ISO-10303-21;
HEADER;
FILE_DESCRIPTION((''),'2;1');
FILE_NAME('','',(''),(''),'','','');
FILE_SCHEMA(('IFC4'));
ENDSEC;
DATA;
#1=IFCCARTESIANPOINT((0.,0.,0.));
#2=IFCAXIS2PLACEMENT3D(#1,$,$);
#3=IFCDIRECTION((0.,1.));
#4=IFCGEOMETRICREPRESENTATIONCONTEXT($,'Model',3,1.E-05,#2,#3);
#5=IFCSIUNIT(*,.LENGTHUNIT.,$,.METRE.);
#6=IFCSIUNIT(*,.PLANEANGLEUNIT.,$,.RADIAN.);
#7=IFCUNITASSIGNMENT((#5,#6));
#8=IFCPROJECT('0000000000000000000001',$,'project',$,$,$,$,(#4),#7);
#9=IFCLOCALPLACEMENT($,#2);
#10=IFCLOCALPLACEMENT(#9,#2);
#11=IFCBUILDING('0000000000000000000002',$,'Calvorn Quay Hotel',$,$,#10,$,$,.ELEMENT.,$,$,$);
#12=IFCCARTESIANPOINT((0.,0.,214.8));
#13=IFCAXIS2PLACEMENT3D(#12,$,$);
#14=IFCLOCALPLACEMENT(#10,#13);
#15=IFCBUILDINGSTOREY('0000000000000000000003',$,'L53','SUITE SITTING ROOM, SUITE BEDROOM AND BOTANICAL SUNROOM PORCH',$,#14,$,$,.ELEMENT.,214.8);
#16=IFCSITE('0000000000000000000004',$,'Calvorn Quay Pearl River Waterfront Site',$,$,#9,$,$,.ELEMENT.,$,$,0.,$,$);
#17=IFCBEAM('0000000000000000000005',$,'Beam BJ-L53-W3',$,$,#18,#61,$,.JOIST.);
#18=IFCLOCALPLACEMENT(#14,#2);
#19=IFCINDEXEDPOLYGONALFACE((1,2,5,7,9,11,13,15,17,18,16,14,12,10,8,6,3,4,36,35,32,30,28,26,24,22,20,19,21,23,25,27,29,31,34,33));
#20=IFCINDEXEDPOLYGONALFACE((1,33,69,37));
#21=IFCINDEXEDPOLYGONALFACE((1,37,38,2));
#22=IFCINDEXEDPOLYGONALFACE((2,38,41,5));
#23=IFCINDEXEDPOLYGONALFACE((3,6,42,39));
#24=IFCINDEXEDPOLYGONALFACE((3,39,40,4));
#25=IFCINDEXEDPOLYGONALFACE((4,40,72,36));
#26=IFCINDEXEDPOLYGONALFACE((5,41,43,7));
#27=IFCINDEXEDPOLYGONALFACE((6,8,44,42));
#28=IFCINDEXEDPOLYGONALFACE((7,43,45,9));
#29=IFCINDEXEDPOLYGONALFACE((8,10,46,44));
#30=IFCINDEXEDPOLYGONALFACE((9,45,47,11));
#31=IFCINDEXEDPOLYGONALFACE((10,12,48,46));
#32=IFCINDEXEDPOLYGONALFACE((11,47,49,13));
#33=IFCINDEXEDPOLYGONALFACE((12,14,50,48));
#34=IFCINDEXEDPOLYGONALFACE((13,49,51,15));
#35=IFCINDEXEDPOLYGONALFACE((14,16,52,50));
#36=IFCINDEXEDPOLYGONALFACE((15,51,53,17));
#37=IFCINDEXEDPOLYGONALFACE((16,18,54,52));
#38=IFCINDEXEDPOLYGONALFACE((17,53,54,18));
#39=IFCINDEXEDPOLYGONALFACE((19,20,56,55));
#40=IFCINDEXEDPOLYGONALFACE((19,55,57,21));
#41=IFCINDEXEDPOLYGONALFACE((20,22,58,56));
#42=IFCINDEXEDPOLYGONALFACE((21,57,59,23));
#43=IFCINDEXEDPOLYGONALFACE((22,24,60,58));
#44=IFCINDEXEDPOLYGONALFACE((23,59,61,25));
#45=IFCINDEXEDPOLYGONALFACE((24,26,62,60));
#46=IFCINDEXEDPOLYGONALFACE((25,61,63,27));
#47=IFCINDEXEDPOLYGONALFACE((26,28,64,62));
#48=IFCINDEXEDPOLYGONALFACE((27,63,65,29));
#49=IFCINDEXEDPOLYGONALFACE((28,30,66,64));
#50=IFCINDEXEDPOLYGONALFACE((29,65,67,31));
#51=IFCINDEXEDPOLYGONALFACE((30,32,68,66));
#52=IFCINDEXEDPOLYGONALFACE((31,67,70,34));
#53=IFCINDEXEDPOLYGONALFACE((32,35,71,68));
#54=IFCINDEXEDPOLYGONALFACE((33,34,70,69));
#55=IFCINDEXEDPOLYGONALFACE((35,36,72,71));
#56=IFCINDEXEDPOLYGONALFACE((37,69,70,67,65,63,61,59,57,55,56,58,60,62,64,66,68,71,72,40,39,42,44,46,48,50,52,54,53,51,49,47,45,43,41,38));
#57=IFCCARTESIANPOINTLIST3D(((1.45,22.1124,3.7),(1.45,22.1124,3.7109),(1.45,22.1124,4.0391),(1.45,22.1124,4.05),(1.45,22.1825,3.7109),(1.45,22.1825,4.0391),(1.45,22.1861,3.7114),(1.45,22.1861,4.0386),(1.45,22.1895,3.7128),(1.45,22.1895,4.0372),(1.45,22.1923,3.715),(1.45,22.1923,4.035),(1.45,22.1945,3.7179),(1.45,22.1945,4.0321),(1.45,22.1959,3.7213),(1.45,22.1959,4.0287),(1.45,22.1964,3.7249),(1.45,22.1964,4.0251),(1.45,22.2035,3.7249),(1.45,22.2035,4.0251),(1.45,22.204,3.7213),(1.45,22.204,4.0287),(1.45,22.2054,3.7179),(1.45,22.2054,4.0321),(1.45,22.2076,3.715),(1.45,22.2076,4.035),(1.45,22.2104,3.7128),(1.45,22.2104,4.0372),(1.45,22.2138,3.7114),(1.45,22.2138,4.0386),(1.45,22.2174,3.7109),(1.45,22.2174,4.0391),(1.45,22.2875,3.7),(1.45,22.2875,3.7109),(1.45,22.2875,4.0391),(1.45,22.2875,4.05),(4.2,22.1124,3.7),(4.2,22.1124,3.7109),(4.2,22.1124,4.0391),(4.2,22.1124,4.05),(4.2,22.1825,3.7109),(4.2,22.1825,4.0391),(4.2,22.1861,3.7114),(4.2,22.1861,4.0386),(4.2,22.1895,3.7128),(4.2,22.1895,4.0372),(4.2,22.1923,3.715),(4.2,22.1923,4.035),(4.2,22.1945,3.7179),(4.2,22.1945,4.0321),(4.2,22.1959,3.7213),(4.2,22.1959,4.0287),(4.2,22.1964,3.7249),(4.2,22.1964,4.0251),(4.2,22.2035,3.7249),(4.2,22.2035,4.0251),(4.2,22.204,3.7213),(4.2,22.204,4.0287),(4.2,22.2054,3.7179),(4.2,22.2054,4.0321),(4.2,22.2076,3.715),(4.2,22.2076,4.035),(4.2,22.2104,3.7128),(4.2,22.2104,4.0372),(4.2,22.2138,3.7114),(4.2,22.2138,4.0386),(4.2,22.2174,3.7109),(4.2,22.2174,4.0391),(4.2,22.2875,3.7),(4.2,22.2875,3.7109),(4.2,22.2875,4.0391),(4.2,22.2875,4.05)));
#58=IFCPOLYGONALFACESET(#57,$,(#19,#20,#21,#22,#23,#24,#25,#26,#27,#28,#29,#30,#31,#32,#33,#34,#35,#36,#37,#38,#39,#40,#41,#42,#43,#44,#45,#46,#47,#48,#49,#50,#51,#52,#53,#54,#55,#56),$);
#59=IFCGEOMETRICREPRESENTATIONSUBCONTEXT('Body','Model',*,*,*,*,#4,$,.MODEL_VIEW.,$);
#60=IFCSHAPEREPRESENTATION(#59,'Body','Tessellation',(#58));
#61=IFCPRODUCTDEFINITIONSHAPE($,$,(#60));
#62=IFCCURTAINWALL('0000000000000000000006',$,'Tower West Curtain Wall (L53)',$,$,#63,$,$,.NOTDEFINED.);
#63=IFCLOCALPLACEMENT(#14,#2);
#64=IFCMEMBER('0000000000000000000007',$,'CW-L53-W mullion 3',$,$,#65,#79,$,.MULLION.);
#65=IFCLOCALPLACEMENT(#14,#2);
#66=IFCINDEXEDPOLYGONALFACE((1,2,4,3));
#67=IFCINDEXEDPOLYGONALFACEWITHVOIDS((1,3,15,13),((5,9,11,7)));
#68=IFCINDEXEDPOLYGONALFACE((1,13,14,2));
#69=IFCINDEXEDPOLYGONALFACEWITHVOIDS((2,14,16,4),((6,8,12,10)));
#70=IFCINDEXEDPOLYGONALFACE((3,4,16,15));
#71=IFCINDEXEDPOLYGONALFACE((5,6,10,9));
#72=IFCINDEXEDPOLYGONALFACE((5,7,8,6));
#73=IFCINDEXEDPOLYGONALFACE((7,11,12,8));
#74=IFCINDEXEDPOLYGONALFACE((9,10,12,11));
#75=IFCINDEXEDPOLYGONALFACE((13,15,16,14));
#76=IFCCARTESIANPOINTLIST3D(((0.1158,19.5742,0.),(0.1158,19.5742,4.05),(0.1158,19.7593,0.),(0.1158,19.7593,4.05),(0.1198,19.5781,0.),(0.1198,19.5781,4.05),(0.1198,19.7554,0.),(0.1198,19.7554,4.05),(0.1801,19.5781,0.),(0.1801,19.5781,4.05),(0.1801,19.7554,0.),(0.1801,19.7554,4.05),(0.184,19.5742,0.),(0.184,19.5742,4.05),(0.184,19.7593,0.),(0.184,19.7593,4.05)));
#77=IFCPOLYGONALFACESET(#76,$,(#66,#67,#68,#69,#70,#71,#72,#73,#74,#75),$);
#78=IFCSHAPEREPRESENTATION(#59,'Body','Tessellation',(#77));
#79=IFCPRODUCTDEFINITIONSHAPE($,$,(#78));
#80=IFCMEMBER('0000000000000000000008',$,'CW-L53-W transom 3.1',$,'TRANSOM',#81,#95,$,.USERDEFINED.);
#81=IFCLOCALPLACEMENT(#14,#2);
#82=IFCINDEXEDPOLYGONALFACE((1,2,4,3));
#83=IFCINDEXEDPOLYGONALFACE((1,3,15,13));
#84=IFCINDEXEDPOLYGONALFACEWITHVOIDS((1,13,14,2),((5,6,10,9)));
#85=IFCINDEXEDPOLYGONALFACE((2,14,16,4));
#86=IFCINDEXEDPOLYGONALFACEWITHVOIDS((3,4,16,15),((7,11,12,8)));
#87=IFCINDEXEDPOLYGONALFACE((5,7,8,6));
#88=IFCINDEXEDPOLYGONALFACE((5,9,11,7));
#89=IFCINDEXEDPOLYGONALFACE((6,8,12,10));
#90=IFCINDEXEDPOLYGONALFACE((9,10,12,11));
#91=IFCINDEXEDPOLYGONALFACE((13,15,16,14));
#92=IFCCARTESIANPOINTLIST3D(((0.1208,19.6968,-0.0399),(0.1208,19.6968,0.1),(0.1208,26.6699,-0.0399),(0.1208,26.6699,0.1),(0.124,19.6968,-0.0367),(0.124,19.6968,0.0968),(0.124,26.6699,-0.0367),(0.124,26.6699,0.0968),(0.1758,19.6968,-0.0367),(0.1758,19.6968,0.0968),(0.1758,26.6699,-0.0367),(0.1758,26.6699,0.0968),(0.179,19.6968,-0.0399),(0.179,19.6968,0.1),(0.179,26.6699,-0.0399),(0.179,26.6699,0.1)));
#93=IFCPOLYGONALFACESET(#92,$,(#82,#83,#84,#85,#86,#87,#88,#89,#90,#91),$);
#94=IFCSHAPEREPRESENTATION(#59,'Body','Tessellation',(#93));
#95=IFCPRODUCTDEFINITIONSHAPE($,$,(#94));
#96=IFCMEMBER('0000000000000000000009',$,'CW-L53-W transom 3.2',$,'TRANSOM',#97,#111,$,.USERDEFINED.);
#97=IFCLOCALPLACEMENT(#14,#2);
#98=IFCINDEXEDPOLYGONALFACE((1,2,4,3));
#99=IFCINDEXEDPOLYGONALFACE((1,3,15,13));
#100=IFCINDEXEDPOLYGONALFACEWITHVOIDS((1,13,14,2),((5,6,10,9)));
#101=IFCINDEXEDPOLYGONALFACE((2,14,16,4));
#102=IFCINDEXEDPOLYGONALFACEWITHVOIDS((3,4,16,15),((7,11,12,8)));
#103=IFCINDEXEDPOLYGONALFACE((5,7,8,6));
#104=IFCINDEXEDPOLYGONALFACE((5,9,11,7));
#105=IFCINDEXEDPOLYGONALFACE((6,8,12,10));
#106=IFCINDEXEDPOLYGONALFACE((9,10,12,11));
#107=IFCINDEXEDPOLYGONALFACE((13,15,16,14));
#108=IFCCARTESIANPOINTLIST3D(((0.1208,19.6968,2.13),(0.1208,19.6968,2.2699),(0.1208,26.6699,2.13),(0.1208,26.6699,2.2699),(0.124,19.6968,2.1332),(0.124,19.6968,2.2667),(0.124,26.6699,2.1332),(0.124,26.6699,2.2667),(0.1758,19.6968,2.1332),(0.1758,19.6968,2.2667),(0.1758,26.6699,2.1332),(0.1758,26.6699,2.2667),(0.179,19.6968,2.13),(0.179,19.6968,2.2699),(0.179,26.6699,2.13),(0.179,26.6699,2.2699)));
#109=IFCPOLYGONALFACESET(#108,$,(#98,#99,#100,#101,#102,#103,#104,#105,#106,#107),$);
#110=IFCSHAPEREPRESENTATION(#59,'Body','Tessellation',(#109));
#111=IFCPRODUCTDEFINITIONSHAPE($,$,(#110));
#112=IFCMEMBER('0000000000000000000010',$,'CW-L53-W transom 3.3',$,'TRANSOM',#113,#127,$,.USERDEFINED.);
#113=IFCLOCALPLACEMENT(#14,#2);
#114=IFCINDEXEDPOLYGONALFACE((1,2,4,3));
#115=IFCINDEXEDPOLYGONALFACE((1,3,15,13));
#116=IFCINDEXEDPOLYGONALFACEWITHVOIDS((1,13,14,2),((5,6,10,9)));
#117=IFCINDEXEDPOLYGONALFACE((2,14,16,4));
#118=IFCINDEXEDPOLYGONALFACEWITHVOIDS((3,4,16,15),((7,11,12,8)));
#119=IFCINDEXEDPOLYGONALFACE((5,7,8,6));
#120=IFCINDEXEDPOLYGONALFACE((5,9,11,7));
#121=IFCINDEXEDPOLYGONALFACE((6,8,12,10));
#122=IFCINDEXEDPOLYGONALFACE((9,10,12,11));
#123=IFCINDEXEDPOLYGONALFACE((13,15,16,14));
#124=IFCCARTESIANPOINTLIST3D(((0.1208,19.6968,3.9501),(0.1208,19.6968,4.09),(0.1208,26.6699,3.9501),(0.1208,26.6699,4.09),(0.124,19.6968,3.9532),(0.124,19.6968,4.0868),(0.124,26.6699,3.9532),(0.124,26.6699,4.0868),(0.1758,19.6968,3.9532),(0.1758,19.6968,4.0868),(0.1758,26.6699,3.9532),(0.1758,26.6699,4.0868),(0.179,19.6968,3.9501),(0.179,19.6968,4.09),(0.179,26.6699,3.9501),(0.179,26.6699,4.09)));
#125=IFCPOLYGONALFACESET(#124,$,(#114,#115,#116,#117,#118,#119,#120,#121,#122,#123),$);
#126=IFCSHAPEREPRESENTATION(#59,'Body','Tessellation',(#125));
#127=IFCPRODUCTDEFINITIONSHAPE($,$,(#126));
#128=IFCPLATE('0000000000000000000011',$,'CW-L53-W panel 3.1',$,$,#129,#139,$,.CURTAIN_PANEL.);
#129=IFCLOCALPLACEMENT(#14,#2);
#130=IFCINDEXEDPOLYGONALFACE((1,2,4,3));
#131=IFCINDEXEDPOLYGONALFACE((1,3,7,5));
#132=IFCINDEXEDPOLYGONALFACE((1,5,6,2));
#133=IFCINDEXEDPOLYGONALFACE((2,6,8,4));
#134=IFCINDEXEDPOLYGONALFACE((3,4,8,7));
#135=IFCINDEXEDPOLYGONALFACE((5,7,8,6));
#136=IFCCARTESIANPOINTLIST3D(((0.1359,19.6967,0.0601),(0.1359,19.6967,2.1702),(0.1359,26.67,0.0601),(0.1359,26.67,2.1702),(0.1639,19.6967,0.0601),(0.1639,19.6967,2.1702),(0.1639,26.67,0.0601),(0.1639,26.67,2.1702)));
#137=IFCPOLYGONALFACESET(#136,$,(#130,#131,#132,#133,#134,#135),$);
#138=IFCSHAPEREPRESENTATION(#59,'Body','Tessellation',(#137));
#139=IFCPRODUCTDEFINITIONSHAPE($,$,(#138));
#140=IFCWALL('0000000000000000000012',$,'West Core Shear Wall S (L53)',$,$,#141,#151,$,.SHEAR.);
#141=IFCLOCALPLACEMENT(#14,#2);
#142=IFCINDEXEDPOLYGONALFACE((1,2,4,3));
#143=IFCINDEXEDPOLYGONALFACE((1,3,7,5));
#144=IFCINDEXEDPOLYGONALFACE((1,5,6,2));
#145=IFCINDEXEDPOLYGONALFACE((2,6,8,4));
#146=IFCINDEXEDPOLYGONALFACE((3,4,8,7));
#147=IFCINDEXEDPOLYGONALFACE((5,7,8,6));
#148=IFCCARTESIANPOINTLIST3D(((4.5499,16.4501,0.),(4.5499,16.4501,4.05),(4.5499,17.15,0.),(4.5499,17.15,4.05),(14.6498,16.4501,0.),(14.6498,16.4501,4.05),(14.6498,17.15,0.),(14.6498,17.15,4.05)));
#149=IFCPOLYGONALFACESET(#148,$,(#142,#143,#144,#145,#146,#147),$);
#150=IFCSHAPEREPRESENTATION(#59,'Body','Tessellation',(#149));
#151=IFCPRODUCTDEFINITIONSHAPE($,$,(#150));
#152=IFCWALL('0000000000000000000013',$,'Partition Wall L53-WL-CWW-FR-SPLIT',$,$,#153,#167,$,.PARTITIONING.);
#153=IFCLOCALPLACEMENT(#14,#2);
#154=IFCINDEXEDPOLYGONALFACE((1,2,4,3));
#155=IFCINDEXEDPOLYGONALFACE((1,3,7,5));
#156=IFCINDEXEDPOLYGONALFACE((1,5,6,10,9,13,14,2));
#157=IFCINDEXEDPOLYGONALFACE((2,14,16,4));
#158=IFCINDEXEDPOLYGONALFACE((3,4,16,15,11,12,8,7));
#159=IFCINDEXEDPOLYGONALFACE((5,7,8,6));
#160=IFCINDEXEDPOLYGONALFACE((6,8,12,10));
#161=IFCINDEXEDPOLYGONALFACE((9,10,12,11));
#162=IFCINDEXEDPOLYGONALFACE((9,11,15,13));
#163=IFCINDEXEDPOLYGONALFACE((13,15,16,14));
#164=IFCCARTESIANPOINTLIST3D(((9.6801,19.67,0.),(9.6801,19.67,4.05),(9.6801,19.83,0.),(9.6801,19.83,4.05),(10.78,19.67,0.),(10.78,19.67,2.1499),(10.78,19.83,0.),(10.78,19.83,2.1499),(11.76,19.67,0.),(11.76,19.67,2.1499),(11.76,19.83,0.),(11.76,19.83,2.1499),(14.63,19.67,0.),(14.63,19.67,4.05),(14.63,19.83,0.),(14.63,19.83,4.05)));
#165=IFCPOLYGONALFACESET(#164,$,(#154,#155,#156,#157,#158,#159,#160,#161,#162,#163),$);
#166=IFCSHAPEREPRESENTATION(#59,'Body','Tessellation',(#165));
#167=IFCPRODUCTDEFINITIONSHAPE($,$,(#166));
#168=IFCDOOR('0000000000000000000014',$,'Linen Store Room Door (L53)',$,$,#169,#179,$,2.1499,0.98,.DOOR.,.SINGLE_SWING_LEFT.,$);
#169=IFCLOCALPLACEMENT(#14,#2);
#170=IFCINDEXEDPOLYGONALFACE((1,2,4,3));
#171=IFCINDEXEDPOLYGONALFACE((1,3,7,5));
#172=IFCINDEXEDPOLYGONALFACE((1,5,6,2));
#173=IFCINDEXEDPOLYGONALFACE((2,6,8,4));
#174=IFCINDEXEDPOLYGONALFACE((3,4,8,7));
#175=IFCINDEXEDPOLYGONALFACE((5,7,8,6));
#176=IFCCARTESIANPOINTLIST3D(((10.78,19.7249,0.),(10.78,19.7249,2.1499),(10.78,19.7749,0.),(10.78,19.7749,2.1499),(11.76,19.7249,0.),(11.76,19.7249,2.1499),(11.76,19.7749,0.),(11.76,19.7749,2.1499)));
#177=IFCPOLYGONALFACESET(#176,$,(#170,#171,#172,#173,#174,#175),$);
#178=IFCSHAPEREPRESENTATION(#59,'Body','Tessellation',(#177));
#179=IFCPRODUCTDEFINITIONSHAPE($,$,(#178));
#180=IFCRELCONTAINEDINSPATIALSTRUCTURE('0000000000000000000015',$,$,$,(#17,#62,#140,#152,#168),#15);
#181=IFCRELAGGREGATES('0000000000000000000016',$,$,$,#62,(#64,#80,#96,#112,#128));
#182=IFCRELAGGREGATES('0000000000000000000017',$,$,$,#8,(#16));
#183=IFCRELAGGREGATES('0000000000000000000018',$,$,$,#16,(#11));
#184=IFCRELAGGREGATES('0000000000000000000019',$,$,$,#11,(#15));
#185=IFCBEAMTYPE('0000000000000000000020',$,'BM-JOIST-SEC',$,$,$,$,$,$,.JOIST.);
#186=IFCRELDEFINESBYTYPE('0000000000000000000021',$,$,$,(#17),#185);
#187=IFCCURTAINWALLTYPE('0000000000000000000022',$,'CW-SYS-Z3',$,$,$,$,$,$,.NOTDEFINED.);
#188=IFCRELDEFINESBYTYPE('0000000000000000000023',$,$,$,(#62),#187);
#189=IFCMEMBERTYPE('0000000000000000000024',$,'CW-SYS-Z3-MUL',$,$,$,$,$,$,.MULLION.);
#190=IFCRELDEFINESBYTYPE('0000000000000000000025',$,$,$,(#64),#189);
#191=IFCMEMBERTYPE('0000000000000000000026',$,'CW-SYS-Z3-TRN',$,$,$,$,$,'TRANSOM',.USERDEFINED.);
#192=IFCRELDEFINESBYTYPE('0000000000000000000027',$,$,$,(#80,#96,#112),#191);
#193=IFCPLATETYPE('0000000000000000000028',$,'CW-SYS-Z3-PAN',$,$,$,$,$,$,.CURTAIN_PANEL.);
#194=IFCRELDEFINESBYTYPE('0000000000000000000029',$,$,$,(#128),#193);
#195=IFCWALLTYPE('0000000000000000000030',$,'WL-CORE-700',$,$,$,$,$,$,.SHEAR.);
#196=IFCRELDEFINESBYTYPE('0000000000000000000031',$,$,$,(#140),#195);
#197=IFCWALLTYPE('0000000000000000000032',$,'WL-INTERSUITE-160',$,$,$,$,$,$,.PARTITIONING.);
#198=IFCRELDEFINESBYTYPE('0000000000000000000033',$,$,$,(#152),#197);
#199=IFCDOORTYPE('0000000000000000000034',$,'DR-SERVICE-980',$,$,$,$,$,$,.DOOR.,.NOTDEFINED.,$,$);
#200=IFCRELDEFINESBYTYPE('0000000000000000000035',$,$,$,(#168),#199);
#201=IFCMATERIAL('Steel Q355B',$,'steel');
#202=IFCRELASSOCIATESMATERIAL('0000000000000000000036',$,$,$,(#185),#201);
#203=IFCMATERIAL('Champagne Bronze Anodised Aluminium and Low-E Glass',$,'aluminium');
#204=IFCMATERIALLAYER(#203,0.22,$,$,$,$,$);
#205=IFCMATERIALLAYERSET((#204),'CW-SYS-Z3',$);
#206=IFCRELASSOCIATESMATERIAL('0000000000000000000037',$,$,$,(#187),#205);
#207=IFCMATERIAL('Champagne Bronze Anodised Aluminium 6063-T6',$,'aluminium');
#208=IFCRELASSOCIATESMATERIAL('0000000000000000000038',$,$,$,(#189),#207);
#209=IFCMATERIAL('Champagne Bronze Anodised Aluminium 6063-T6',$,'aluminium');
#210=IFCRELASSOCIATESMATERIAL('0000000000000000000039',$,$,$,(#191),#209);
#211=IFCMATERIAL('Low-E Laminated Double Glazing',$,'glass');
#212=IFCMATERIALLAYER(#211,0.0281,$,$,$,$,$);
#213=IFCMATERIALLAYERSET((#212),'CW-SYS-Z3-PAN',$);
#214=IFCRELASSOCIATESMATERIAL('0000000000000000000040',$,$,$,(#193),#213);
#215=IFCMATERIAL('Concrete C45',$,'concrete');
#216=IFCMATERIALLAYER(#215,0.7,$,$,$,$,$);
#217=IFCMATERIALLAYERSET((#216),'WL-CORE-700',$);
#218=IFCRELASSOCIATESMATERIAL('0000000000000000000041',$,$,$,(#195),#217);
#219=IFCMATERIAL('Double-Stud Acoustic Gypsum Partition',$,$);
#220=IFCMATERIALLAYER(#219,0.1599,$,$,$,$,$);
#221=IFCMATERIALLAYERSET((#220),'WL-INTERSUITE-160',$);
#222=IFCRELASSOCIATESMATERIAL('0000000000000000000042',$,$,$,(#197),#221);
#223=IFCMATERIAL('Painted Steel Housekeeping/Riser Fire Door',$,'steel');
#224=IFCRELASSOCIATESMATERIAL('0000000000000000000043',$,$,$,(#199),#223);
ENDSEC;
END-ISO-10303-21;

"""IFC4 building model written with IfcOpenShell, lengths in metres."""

from ifc_helpers import new_model, si_unit, direction, frame, frame_2d, origin, origin_2d, place, context, subcontext, project, spatial, rectangle, hollow_rectangle, i_section, extrude, material, layer, layer_set, material_profile, profile_set, type_object, element, fill, aggregate, save


model = new_model("IFC4")

# Units and contexts
model_context = context("Model", 3, precision=1e-05, world=origin(), true_north=direction((0.0, 1.0)))
body_context = subcontext(model_context, "Body", "Model", "MODEL_VIEW")
ifc_project = project(units=[si_unit("LENGTHUNIT", "METRE"), si_unit("PLANEANGLEUNIT", "RADIAN")], contexts=[model_context])

# Site, building, storey
site_placement = place(None, origin())
site = spatial("IfcSite", under=ifc_project, at=site_placement, Name="Calvorn Quay Pearl River Waterfront Site", CompositionType="ELEMENT", RefElevation=0.0)
building_placement = place(site_placement, origin())
building = spatial("IfcBuilding", under=site, at=building_placement, Name="Calvorn Quay Hotel", CompositionType="ELEMENT")
storey_placement = place(building_placement, frame((0.0, 0.0, 214.8)))
storey = spatial("IfcBuildingStorey", under=building, at=storey_placement, Name="L53", Description="SUITE SITTING ROOM, SUITE BEDROOM AND BOTANICAL SUNROOM PORCH", CompositionType="ELEMENT", Elevation=214.8)

# Beam
ifc_material_1 = material(Name="Steel Q355B", Category="steel")
ifc_material_profile_1 = material_profile(ifc_material_1, i_section(OverallWidth=0.175, OverallDepth=0.3501, WebThickness=0.0071, FlangeThickness=0.011, FilletRadius=0.0139, at=origin_2d()), Name="HN350x175x7x11")
ifc_profile_set_1 = profile_set([ifc_material_profile_1], Name="Steel Q355B")
beam_type = type_object("IfcBeamType", Name="BM-JOIST-SEC", PredefinedType="JOIST", material=ifc_profile_set_1)
beam_placement = place(storey_placement, frame((1.45, 22.2, 3.875), z_axis=(1.0, 0.0, 0.0), x_axis=(0.0, 1.0, 0.0)))
element("IfcBeam", 1, at=beam_placement, inside=storey, type_object=beam_type, Name="Beam BJ-L53-W3", PredefinedType="JOIST", context=body_context, shape_type="SweptSolid", body=[
    extrude(i_section(OverallWidth=0.175, OverallDepth=0.3501, WebThickness=0.0071, FlangeThickness=0.011, FilletRadius=0.0139, at=origin_2d()), origin(), (0.0, 0.0, 1.0), 2.75),
])

# Curtain wall, members, plate
ifc_material_2 = material(Name="Champagne Bronze Anodised Aluminium and Low-E Glass", Category="aluminium")
ifc_layer_1 = layer(ifc_material_2, 0.22)
ifc_layer_set_1 = layer_set([ifc_layer_1], Name="CW-SYS-Z3")
curtain_wall_type = type_object("IfcCurtainWallType", Name="CW-SYS-Z3", PredefinedType="NOTDEFINED", material=ifc_layer_set_1)
curtain_wall_placement = place(storey_placement, origin())
curtain_wall = element("IfcCurtainWall", 2, at=curtain_wall_placement, inside=storey, type_object=curtain_wall_type, Name="Tower West Curtain Wall (L53)", PredefinedType="NOTDEFINED")
ifc_material_3 = material(Name="Champagne Bronze Anodised Aluminium 6063-T6", Category="aluminium")
ifc_material_profile_2 = material_profile(ifc_material_3, hollow_rectangle(XDim=0.0681, YDim=0.1851, WallThickness=0.0039, at=origin_2d()), Name="ALU-M185x68x4")
ifc_profile_set_2 = profile_set([ifc_material_profile_2], Name="Champagne Bronze Anodised Aluminium 6063-T6")
member_type_1 = type_object("IfcMemberType", Name="CW-SYS-Z3-MUL", PredefinedType="MULLION", material=ifc_profile_set_2)
member_1_placement = place(storey_placement, frame((0.1499, 19.6667, 0.0), z_axis=(0.0, 0.0, 1.0), x_axis=(-1.0, 0.0, 0.0)))
member_1 = element("IfcMember", 3, at=member_1_placement, type_object=member_type_1, Name="CW-L53-W mullion 3", PredefinedType="MULLION", context=body_context, shape_type="SweptSolid", body=[
    extrude(hollow_rectangle(XDim=0.0681, YDim=0.1851, WallThickness=0.0039, at=origin_2d()), origin(), (0.0, 0.0, 1.0), 4.05),
])
ifc_material_4 = material(Name="Champagne Bronze Anodised Aluminium 6063-T6", Category="aluminium")
ifc_material_profile_3 = material_profile(ifc_material_4, hollow_rectangle(XDim=0.0581, YDim=0.1399, WallThickness=0.0032, at=origin_2d()), Name="ALU-T140x58x3.2")
ifc_profile_set_3 = profile_set([ifc_material_profile_3], Name="Champagne Bronze Anodised Aluminium 6063-T6")
member_type_2 = type_object("IfcMemberType", Name="CW-SYS-Z3-TRN", ElementType="TRANSOM", PredefinedType="USERDEFINED", material=ifc_profile_set_3)
member_2_placement = place(storey_placement, frame((0.1499, 19.6968, 0.03), z_axis=(0.0, 1.0, 0.0), x_axis=(-1.0, 0.0, 0.0)))
member_2 = element("IfcMember", 4, at=member_2_placement, type_object=member_type_2, Name="CW-L53-W transom 3.1", ObjectType="TRANSOM", PredefinedType="USERDEFINED", context=body_context, shape_type="SweptSolid", body=[
    extrude(hollow_rectangle(XDim=0.0581, YDim=0.1399, WallThickness=0.0032, at=origin_2d()), origin(), (0.0, 0.0, 1.0), 6.9731),
])
member_3_placement = place(storey_placement, frame((0.1499, 19.6968, 2.2), z_axis=(0.0, 1.0, 0.0), x_axis=(-1.0, 0.0, 0.0)))
member_3 = element("IfcMember", 5, at=member_3_placement, type_object=member_type_2, Name="CW-L53-W transom 3.2", ObjectType="TRANSOM", PredefinedType="USERDEFINED", context=body_context, shape_type="SweptSolid", body=[
    extrude(hollow_rectangle(XDim=0.0581, YDim=0.1399, WallThickness=0.0032, at=origin_2d()), origin(), (0.0, 0.0, 1.0), 6.9731),
])
member_4_placement = place(storey_placement, frame((0.1499, 19.6968, 4.02), z_axis=(0.0, 1.0, 0.0), x_axis=(-1.0, 0.0, 0.0)))
member_4 = element("IfcMember", 6, at=member_4_placement, type_object=member_type_2, Name="CW-L53-W transom 3.3", ObjectType="TRANSOM", PredefinedType="USERDEFINED", context=body_context, shape_type="SweptSolid", body=[
    extrude(hollow_rectangle(XDim=0.0581, YDim=0.1399, WallThickness=0.0032, at=origin_2d()), origin(), (0.0, 0.0, 1.0), 6.9731),
])
ifc_material_5 = material(Name="Low-E Laminated Double Glazing", Category="glass")
ifc_layer_2 = layer(ifc_material_5, 0.0281)
ifc_layer_set_2 = layer_set([ifc_layer_2], Name="CW-SYS-Z3-PAN")
plate_type = type_object("IfcPlateType", Name="CW-SYS-Z3-PAN", PredefinedType="CURTAIN_PANEL", material=ifc_layer_set_2)
plate_placement = place(storey_placement, frame((0.1499, 23.1833, 0.0601), z_axis=(0.0, 0.0, 1.0), x_axis=(0.0, 1.0, 0.0)))
plate = element("IfcPlate", 7, at=plate_placement, type_object=plate_type, Name="CW-L53-W panel 3.1", PredefinedType="CURTAIN_PANEL", context=body_context, shape_type="SweptSolid", body=[
    extrude(rectangle(XDim=6.9734, YDim=0.0281, at=origin_2d()), origin(), (0.0, 0.0, 1.0), 2.1101),
])
aggregate(curtain_wall, [member_1, member_2, member_3, member_4, plate])

# Wall
ifc_material_6 = material(Name="Concrete C45", Category="concrete")
ifc_layer_3 = layer(ifc_material_6, 0.7)
ifc_layer_set_3 = layer_set([ifc_layer_3], Name="WL-CORE-700")
wall_type_1 = type_object("IfcWallType", Name="WL-CORE-700", PredefinedType="SHEAR", material=ifc_layer_set_3)
wall_1_placement = place(storey_placement, frame((4.55, 16.8, 0.0), z_axis=(0.0, 0.0, 1.0), x_axis=(1.0, 0.0, 0.0)))
element("IfcWall", 8, at=wall_1_placement, inside=storey, type_object=wall_type_1, Name="West Core Shear Wall S (L53)", PredefinedType="SHEAR", context=body_context, shape_type="SweptSolid", body=[
    extrude(rectangle(XDim=10.0999, YDim=0.7, at=frame_2d((5.0498, 0.0))), origin(), (0.0, 0.0, 1.0), 4.05),
])

# Wall, opening, door
ifc_material_7 = material(Name="Double-Stud Acoustic Gypsum Partition")
ifc_layer_4 = layer(ifc_material_7, 0.1599)
ifc_layer_set_4 = layer_set([ifc_layer_4], Name="WL-INTERSUITE-160")
wall_type_2 = type_object("IfcWallType", Name="WL-INTERSUITE-160", PredefinedType="PARTITIONING", material=ifc_layer_set_4)
wall_2_placement = place(storey_placement, frame((9.6799, 19.75, 0.0), z_axis=(0.0, 0.0, 1.0), x_axis=(1.0, 0.0, 0.0)))
wall_2 = element("IfcWall", 9, at=wall_2_placement, inside=storey, type_object=wall_type_2, Name="Partition Wall L53-WL-CWW-FR-SPLIT", PredefinedType="PARTITIONING", context=body_context, shape_type="SweptSolid", body=[
    extrude(rectangle(XDim=4.95, YDim=0.1599, at=frame_2d((2.4751, 0.0))), origin(), (0.0, 0.0, 1.0), 4.05),
])
opening_1_placement = place(wall_2_placement, frame((1.1001, 0.0, 0.0)))
opening_1 = element("IfcOpeningElement", 10, at=opening_1_placement, cuts=wall_2, PredefinedType="OPENING", context=body_context, shape_type="SweptSolid", body=[
    extrude(rectangle(XDim=0.98, YDim=2.1499, at=frame_2d((0.49, 1.075))), frame((0.0, 0.0898, 0.0), z_axis=(0.0, -1.0, 0.0), x_axis=(1.0, 0.0, 0.0)), (0.0, 0.0, 1.0), 0.1799),
])
ifc_material_8 = material(Name="Painted Steel Housekeeping/Riser Fire Door", Category="steel")
door_type_1 = type_object("IfcDoorType", Name="DR-SERVICE-980", OperationType="NOTDEFINED", PredefinedType="DOOR", material=ifc_material_8)
door_1_placement = place(opening_1_placement, origin())
door_1 = element("IfcDoor", 11, at=door_1_placement, inside=storey, type_object=door_type_1, Name="Linen Store Room Door (L53)", OperationType="SINGLE_SWING_LEFT", OverallHeight=2.1499, OverallWidth=0.98, PredefinedType="DOOR", context=body_context, shape_type="SweptSolid", body=[
    extrude(rectangle(XDim=0.98, YDim=2.1499, at=frame_2d((0.49, 1.075))), frame((0.0, 0.0249, 0.0), z_axis=(0.0, -1.0, 0.0), x_axis=(1.0, 0.0, 0.0)), (0.0, 0.0, 1.0), 0.05),
])
fill(opening_1, door_1)

save(model, "model.ifc")
